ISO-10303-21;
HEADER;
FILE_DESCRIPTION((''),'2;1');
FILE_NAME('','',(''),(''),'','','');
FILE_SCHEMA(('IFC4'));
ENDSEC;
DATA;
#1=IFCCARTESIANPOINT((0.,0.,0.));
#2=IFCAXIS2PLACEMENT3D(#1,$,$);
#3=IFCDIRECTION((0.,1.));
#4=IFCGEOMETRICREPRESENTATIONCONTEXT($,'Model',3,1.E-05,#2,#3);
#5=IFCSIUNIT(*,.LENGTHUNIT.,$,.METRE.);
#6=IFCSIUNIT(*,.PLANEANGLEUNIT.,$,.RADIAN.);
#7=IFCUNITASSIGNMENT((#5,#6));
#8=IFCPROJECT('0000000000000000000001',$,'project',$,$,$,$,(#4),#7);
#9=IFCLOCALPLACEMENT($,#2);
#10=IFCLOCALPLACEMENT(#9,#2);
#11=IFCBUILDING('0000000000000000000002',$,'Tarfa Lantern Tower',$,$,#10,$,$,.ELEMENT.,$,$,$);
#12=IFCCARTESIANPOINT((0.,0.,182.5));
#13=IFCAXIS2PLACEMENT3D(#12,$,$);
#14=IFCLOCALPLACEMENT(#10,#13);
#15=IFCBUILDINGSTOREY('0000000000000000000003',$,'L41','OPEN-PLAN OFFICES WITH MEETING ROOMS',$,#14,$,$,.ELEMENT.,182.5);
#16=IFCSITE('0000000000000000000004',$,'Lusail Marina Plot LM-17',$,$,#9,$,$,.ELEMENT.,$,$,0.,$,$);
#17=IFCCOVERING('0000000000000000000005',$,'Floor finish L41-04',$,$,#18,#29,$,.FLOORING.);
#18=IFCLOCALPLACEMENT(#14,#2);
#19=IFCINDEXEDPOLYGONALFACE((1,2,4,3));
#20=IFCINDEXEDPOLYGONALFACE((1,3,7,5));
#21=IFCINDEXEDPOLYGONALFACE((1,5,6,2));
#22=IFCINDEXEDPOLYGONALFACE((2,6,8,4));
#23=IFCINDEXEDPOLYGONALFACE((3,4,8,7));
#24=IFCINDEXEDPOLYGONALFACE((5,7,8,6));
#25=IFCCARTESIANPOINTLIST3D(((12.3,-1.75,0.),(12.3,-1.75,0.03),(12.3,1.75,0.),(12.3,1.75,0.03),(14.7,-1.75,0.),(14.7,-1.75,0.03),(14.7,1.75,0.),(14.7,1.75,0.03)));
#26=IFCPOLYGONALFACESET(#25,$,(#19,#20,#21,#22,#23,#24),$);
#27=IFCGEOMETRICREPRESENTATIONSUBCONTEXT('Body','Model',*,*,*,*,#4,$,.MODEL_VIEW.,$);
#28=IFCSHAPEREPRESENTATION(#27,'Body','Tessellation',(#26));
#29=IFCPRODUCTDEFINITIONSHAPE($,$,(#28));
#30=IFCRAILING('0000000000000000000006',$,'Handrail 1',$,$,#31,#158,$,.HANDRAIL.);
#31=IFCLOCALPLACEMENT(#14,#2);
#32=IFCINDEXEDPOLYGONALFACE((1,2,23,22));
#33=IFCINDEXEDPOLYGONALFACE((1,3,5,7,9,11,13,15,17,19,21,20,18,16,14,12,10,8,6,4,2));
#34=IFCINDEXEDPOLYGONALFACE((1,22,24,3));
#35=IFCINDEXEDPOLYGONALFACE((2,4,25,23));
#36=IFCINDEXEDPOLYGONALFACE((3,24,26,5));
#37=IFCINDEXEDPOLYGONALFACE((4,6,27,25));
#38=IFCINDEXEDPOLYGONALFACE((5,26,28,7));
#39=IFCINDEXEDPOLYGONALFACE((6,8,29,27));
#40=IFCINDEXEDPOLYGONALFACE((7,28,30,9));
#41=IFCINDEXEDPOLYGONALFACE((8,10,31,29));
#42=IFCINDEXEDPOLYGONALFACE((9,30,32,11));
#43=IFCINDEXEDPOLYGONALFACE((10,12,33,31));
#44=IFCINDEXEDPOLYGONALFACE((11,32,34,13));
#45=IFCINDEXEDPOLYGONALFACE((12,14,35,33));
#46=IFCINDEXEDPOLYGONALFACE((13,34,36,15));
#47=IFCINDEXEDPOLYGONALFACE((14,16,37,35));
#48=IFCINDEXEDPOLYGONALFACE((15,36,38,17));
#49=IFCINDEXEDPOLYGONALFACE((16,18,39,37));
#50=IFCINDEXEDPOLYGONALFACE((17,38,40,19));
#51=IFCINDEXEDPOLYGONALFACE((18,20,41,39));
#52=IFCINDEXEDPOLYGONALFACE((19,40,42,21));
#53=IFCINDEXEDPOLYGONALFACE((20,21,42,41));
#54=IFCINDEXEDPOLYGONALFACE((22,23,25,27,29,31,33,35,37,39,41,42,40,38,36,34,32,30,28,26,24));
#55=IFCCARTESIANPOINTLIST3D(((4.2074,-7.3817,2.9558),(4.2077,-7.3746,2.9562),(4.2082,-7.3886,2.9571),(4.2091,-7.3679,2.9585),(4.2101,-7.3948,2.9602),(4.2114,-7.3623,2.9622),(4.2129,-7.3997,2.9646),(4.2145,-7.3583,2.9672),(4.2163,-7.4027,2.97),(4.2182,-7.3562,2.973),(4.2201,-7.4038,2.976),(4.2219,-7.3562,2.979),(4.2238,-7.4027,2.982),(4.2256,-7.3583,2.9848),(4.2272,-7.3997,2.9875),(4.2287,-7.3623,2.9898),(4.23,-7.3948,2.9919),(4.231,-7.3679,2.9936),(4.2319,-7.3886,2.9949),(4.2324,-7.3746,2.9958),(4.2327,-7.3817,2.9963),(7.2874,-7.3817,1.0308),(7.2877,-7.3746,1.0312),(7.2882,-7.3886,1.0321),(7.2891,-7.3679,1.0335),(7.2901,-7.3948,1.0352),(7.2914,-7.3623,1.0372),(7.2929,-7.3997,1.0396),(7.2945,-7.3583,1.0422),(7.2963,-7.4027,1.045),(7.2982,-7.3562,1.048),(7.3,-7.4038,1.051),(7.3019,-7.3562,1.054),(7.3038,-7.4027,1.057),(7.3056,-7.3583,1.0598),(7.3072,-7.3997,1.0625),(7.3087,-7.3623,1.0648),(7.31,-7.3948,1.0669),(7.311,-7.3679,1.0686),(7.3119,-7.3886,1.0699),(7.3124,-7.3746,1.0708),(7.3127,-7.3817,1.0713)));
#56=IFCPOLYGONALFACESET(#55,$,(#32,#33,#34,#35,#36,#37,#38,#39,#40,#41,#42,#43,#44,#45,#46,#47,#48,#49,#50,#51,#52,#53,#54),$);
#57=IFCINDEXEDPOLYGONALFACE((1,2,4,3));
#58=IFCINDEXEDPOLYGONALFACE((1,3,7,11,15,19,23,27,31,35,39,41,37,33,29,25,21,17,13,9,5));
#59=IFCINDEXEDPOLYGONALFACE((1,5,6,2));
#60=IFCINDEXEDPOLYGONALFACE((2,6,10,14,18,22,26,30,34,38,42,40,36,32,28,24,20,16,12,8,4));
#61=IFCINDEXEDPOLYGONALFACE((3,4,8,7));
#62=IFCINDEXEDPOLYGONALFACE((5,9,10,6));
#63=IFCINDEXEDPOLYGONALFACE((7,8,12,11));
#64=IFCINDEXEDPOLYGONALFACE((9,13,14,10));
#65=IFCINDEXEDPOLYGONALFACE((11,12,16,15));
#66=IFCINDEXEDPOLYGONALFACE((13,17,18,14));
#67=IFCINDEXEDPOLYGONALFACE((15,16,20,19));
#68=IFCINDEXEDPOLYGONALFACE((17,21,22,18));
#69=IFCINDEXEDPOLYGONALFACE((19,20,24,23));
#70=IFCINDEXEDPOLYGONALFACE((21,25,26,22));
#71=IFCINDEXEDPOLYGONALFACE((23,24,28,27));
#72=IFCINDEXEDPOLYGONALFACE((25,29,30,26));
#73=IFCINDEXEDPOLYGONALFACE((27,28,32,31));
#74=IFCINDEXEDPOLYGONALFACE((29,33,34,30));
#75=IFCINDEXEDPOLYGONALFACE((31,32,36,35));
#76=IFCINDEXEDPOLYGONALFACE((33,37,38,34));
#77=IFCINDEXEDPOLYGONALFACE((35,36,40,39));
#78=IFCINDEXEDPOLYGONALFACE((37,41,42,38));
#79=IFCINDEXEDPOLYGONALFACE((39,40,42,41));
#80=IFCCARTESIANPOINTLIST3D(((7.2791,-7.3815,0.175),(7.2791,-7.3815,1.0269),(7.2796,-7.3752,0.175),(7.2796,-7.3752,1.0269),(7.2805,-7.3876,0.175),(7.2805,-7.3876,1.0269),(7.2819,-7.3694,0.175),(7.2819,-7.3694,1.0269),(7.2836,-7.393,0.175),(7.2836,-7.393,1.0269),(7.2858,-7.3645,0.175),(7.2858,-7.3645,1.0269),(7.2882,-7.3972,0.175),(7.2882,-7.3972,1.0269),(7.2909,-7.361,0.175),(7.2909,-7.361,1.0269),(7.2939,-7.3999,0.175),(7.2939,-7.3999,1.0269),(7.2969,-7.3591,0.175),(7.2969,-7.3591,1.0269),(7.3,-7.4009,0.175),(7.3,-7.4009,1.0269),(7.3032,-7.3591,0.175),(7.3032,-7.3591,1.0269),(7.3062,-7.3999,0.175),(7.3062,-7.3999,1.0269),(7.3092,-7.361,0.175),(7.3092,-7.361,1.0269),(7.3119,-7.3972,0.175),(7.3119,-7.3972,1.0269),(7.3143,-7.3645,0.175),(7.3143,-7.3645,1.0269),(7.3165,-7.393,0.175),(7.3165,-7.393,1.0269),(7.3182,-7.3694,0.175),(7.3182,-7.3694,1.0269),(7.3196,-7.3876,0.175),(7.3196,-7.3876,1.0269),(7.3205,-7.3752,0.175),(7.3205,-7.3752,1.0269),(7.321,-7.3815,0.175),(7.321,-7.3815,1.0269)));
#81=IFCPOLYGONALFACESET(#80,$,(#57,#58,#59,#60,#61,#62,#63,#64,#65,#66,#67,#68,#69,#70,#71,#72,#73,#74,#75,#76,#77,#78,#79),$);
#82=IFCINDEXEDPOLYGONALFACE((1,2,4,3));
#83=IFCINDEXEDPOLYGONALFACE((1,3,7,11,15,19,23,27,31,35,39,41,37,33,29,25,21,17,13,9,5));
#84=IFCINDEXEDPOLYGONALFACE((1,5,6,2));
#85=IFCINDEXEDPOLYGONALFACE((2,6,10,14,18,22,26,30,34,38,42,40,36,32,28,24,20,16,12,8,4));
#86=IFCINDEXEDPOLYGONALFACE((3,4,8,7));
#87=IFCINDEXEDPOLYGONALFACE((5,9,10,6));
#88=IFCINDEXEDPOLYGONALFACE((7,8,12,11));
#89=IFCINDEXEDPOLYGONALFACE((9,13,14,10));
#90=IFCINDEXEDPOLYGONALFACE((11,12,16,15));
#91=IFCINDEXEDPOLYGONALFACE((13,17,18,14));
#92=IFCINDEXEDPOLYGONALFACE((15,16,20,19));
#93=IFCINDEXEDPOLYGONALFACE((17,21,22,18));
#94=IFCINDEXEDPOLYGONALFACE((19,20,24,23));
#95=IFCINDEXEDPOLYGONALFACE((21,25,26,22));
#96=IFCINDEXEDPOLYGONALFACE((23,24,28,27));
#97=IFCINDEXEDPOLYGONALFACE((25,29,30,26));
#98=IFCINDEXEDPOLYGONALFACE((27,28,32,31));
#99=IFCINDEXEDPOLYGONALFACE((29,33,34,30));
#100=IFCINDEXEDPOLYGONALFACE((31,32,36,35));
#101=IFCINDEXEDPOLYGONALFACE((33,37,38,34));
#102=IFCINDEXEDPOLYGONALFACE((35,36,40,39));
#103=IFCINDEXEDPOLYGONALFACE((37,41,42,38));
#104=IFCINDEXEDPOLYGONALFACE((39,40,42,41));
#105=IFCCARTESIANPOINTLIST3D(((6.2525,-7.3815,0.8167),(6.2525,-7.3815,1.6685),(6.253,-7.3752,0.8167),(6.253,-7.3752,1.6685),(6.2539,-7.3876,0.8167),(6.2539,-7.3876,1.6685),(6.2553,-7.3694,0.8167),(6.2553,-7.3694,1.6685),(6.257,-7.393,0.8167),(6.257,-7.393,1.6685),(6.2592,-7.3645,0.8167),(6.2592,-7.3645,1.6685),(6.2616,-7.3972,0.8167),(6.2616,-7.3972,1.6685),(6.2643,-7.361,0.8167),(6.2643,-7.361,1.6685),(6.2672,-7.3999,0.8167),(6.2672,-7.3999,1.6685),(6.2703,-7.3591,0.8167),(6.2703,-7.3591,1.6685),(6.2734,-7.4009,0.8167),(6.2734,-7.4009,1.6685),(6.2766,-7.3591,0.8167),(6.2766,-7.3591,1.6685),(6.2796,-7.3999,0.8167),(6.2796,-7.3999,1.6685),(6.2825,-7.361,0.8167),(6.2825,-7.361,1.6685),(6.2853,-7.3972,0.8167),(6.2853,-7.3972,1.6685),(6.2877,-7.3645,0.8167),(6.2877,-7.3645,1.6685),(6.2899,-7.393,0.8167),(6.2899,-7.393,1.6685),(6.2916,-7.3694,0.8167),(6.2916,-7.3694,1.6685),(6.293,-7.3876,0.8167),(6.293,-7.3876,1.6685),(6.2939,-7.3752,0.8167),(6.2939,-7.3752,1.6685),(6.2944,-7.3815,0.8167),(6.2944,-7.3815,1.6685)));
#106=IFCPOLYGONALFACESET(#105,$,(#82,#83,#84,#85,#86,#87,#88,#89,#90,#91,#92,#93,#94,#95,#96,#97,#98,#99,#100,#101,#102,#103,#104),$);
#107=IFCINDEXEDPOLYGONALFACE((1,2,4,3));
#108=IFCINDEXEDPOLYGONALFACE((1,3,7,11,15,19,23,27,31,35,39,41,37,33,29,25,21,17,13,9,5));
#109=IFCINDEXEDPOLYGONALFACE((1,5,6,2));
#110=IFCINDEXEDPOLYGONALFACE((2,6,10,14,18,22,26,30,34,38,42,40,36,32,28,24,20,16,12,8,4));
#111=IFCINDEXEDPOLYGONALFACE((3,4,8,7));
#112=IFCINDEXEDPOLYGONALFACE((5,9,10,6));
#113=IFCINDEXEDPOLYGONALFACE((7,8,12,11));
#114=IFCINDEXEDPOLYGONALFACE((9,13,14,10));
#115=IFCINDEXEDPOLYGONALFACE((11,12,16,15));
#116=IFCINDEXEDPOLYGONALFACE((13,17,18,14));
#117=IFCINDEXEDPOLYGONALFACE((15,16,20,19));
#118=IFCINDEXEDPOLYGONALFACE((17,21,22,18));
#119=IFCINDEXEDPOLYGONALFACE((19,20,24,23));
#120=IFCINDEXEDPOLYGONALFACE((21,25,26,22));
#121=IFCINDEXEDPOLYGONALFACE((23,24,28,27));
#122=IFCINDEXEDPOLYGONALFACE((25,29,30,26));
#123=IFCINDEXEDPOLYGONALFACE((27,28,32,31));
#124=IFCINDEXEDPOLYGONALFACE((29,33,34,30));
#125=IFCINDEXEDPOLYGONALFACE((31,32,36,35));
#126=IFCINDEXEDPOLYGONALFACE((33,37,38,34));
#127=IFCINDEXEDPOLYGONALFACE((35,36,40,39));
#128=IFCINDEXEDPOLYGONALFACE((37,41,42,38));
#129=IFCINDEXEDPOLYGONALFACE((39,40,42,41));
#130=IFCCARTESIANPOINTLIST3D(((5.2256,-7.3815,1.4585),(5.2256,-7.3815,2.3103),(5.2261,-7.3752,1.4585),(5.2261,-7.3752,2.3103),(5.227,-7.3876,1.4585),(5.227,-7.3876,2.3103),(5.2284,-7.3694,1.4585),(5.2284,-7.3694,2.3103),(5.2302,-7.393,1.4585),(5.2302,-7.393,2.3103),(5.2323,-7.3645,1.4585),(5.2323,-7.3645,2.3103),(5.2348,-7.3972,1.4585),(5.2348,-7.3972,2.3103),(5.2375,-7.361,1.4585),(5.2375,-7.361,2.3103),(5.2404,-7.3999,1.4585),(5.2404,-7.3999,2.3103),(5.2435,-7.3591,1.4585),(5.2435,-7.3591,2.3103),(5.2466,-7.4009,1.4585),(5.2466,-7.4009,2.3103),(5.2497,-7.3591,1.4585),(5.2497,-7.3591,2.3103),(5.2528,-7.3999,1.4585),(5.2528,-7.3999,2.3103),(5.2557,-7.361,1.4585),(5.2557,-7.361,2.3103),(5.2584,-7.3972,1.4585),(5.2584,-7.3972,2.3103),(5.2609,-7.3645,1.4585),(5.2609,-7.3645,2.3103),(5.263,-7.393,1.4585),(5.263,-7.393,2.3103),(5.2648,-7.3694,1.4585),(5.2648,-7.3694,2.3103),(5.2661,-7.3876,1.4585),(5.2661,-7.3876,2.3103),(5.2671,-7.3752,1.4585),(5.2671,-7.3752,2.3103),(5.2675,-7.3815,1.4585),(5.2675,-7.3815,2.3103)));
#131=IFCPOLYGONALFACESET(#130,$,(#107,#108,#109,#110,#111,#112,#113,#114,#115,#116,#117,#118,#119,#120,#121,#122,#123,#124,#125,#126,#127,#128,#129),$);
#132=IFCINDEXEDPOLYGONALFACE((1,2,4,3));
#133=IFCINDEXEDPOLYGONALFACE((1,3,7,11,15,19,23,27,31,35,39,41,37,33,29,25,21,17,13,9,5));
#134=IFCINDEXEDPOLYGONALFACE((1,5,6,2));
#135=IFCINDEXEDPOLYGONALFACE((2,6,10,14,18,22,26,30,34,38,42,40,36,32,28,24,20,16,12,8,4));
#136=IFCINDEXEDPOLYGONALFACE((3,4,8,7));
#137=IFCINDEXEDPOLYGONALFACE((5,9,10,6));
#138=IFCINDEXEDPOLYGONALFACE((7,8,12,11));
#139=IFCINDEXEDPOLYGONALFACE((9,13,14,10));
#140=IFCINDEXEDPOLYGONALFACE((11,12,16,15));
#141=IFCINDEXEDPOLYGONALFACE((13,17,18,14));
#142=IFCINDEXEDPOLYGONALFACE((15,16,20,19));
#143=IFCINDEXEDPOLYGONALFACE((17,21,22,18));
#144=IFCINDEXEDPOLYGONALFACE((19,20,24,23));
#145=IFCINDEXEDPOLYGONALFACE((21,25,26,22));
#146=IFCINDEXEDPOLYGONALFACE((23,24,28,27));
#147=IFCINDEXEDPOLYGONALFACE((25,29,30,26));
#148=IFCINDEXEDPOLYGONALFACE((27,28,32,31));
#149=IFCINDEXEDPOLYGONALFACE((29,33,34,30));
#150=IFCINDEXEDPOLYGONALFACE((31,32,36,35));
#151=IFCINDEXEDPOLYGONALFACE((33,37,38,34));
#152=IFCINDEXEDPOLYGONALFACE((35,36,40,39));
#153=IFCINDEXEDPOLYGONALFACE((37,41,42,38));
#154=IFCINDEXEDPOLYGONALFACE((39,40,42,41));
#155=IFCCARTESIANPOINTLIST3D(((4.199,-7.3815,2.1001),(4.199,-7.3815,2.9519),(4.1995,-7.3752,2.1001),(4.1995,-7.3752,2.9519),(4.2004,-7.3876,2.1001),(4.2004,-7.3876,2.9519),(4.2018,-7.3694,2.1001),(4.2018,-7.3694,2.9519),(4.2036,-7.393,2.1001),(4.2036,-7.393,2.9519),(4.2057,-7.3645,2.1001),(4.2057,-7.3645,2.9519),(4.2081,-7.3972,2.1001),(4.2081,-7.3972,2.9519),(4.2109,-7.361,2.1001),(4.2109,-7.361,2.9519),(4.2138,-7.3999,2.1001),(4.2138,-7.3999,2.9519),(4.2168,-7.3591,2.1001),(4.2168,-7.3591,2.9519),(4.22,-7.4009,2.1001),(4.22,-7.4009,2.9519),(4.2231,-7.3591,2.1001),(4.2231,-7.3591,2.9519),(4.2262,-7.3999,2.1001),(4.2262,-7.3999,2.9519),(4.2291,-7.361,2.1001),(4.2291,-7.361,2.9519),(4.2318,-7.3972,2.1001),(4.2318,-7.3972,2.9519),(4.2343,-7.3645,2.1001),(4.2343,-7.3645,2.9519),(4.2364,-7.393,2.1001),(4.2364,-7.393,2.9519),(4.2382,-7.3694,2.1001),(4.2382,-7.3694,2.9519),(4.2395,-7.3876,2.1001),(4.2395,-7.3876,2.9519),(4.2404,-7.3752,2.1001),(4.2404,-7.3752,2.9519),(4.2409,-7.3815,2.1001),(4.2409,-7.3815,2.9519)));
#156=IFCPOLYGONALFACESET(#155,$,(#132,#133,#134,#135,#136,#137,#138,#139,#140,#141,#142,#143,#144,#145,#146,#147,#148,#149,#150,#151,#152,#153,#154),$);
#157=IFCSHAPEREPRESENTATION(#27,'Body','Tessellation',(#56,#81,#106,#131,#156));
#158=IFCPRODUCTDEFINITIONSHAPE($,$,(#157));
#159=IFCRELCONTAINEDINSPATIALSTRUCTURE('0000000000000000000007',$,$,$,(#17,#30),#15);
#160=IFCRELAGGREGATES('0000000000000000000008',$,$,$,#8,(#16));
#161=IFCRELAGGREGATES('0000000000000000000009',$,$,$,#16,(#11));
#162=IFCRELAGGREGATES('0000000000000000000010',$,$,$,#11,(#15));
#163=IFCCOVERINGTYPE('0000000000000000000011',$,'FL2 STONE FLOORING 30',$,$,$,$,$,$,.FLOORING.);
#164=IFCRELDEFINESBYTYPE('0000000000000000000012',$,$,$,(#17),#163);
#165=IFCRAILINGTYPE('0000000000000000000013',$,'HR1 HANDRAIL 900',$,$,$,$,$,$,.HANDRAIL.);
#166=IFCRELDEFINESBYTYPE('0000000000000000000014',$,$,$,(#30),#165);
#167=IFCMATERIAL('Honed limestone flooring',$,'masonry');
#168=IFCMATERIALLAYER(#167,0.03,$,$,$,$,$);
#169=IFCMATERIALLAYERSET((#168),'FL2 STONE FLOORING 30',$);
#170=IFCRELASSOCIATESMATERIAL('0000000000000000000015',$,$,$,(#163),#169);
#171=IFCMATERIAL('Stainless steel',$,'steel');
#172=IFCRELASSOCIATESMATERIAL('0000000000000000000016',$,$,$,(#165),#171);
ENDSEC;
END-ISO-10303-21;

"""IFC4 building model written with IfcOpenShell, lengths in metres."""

from ifc_helpers import new_model, si_unit, direction, frame, origin, origin_2d, place, context, subcontext, project, spatial, polyline, circle, outline, extrude, material, layer, layer_set, type_object, element, save


model = new_model("IFC4")

# Units and contexts
model_context = context("Model", 3, precision=1e-05, world=origin(), true_north=direction((0.0, 1.0)))
body_context = subcontext(model_context, "Body", "Model", "MODEL_VIEW")
ifc_project = project(units=[si_unit("LENGTHUNIT", "METRE"), si_unit("PLANEANGLEUNIT", "RADIAN")], contexts=[model_context])

# Site, building, storey
site_placement = place(None, origin())
site = spatial("IfcSite", under=ifc_project, at=site_placement, Name="Lusail Marina Plot LM-17", CompositionType="ELEMENT", RefElevation=0.0)
building_placement = place(site_placement, origin())
building = spatial("IfcBuilding", under=site, at=building_placement, Name="Tarfa Lantern Tower", CompositionType="ELEMENT")
storey_placement = place(building_placement, frame((0.0, 0.0, 182.5)))
storey = spatial("IfcBuildingStorey", under=building, at=storey_placement, Name="L41", Description="OPEN-PLAN OFFICES WITH MEETING ROOMS", CompositionType="ELEMENT", Elevation=182.5)

# Covering
ifc_material_1 = material(Name="Honed limestone flooring", Category="masonry")
ifc_layer_1 = layer(ifc_material_1, 0.03)
ifc_layer_set_1 = layer_set([ifc_layer_1], Name="FL2 STONE FLOORING 30")
covering_type_1 = type_object("IfcCoveringType", Name="FL2 STONE FLOORING 30", PredefinedType="FLOORING", material=ifc_layer_set_1)
covering_1_placement = place(storey_placement, origin())
element("IfcCovering", 1, at=covering_1_placement, inside=storey, type_object=covering_type_1, Name="Floor finish L41-04", PredefinedType="FLOORING", context=body_context, shape_type="SweptSolid", body=[
    extrude(outline(polyline([(12.3, -1.75), (14.7, -1.75), (14.7, 1.75), (12.3, 1.75), (12.3, -1.75)])), origin(), (0.0, 0.0, 1.0), 0.03),
])

# Railing
ifc_material_2 = material(Name="Stainless steel", Category="steel")
railing_type = type_object("IfcRailingType", Name="HR1 HANDRAIL 900", PredefinedType="HANDRAIL", material=ifc_material_2)
railing_1_placement = place(storey_placement, frame((7.3, -7.3799, 0.175)))
element("IfcRailing", 2, at=railing_1_placement, inside=storey, type_object=railing_type, Name="Handrail 1", PredefinedType="HANDRAIL", context=body_context, shape_type="SweptSolid", body=[
    extrude(circle(Radius=0.0239, at=origin_2d()), frame((0.0, 0.0, 0.876), z_axis=(-0.847998, 0.0, 0.529999), x_axis=(0.0, -1.0, 0.0)), (0.0, 0.0, 1.0), 3.6321),
    extrude(circle(Radius=0.021, at=origin_2d()), frame((0.0, 0.0, 0.0), z_axis=(0.0, 0.0, 1.0), x_axis=(0.0, -1.0, 0.0)), (0.0, 0.0, 1.0), 0.8518),
    extrude(circle(Radius=0.021, at=origin_2d()), frame((-1.0266, 0.0, 0.6416), z_axis=(0.0, 0.0, 1.0), x_axis=(0.0, -1.0, 0.0)), (0.0, 0.0, 1.0), 0.8518),
    extrude(circle(Radius=0.021, at=origin_2d()), frame((-2.0535, 0.0, 1.2834), z_axis=(0.0, 0.0, 1.0), x_axis=(0.0, -1.0, 0.0)), (0.0, 0.0, 1.0), 0.8518),
    extrude(circle(Radius=0.021, at=origin_2d()), frame((-3.0801, 0.0, 1.925), z_axis=(0.0, 0.0, 1.0), x_axis=(0.0, -1.0, 0.0)), (0.0, 0.0, 1.0), 0.8518),
])

save(model, "model.ifc")
